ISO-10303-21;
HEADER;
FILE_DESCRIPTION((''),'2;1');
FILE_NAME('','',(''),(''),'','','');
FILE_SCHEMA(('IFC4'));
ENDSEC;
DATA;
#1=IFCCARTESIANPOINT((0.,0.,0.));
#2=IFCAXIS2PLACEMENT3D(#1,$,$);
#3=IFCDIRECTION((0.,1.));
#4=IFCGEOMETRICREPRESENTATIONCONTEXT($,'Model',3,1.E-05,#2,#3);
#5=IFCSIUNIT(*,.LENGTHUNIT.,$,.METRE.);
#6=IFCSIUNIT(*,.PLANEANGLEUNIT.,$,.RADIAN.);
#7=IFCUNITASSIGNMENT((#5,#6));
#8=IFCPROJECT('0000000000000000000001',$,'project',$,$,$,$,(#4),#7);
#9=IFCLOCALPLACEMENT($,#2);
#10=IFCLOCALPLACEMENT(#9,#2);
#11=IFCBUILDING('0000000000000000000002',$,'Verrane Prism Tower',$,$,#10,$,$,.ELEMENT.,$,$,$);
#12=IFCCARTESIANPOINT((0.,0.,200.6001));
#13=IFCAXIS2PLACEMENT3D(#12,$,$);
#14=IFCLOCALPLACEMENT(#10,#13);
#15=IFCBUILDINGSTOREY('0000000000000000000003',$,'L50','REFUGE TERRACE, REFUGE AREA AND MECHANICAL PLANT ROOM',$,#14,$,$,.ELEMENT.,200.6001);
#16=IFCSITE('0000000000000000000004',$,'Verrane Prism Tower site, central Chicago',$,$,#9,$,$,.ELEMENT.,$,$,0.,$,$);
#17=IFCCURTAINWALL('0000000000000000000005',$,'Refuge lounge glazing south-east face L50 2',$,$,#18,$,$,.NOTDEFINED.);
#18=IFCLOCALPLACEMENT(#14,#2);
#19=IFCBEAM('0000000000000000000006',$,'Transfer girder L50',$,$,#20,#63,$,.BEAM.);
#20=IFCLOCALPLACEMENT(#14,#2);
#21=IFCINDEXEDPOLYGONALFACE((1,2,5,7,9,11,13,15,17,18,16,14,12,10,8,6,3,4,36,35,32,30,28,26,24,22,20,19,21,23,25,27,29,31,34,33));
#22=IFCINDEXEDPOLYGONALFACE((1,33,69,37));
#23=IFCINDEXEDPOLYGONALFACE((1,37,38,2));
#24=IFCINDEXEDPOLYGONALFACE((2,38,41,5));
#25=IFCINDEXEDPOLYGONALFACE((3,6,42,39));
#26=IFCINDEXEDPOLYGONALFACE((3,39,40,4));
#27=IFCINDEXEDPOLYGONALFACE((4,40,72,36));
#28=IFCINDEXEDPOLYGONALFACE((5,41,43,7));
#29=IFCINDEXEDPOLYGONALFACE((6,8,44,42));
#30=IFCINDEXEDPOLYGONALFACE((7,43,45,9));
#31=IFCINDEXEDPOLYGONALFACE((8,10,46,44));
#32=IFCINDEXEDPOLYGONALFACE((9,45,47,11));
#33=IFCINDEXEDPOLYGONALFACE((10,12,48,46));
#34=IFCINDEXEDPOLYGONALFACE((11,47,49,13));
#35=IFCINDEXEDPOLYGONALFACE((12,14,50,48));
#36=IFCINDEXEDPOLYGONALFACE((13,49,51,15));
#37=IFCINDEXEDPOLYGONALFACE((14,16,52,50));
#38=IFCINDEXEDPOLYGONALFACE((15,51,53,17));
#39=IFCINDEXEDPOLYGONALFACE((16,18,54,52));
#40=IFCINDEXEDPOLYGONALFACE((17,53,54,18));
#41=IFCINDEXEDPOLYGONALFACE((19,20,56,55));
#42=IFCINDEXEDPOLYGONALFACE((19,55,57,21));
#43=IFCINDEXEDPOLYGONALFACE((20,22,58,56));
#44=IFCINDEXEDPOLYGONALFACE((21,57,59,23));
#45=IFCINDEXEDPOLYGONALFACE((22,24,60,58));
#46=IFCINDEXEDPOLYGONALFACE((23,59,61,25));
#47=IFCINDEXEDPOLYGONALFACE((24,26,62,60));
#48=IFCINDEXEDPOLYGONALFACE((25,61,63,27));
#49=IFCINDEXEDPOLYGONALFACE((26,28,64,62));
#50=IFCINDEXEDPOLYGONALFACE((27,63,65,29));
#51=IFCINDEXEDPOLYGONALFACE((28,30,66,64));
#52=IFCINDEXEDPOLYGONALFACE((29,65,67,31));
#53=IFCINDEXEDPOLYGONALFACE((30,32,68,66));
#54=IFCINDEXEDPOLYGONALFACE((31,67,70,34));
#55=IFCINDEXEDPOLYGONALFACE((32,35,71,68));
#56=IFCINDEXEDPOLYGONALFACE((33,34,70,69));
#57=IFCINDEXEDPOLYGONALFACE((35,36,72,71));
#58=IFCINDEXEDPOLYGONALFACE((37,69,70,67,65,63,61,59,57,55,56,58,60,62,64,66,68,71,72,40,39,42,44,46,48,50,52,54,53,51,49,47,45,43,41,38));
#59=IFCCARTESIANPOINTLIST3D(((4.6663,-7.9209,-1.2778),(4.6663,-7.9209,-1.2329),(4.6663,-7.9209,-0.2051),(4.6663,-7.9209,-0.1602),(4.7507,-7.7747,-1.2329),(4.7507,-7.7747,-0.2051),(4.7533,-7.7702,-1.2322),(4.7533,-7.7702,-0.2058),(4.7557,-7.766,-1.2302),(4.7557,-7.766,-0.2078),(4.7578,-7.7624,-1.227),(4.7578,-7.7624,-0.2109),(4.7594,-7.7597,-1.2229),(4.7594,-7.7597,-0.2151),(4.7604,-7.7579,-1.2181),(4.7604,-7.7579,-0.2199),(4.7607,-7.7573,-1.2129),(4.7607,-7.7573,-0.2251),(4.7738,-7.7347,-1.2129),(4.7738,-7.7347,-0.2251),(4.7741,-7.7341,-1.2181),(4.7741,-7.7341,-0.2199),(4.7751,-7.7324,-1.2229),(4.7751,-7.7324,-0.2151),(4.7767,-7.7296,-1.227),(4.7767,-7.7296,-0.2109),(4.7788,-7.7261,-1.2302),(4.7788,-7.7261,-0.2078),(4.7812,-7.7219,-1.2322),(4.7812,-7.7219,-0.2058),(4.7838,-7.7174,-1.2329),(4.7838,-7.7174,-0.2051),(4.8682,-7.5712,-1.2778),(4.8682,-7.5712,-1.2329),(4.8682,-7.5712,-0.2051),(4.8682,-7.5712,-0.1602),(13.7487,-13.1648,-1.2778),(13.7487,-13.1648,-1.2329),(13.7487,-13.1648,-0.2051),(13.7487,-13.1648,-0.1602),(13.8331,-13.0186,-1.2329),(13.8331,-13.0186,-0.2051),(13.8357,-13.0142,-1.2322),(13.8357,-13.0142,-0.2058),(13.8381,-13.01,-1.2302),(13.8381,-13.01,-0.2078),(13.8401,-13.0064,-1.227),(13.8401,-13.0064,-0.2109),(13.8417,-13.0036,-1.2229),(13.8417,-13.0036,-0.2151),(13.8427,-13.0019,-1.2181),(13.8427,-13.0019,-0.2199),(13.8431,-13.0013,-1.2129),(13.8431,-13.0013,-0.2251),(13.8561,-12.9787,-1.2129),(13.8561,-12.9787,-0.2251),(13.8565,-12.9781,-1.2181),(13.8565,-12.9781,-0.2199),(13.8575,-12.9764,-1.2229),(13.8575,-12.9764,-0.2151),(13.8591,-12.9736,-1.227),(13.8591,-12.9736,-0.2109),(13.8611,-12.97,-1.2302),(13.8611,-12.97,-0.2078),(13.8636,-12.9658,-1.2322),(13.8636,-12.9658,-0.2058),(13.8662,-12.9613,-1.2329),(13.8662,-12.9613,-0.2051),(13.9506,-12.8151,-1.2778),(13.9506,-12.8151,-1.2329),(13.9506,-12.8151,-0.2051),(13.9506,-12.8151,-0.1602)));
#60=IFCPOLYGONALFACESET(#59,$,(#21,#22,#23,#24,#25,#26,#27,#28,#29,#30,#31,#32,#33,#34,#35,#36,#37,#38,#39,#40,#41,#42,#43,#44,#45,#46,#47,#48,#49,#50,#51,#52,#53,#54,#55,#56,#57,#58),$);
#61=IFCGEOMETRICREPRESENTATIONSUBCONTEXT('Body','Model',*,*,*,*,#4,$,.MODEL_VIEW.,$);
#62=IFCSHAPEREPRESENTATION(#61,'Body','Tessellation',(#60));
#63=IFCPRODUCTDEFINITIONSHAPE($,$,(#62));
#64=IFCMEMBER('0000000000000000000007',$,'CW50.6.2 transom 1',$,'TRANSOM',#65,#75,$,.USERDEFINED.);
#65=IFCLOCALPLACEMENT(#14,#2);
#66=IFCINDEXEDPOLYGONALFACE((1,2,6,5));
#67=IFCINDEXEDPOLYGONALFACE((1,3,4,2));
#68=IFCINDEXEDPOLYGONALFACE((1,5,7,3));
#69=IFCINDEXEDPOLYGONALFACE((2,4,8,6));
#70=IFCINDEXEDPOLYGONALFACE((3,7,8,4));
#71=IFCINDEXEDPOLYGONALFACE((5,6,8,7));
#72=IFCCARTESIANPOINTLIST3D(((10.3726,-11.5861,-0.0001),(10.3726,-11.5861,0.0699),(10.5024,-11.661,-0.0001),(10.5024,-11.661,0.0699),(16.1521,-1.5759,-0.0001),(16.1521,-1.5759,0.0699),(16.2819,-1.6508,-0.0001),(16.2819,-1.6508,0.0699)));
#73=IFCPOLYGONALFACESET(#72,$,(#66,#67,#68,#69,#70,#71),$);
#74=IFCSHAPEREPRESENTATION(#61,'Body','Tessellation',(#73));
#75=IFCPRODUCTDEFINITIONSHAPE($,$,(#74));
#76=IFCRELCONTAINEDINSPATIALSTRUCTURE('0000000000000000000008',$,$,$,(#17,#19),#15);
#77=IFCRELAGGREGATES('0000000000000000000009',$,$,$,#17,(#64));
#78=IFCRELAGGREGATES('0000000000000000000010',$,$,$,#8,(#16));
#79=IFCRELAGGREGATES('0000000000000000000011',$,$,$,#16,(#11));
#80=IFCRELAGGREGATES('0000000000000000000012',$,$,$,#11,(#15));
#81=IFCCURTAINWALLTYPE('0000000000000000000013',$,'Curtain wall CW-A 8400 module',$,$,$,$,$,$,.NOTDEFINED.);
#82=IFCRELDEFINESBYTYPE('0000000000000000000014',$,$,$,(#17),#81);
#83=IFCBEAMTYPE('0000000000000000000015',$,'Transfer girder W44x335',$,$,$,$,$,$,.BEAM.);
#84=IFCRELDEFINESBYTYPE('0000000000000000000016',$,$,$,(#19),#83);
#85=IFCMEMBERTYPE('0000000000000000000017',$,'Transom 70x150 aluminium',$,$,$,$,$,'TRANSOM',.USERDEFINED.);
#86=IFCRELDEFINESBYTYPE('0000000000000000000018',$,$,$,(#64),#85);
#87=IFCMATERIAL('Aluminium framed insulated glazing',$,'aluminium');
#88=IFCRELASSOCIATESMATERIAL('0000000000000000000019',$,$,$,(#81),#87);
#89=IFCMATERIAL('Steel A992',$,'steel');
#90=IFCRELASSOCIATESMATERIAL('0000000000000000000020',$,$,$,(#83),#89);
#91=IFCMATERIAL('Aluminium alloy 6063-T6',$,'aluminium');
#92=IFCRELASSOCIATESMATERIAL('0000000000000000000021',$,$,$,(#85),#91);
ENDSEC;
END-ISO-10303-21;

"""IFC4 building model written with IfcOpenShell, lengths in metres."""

from ifc_helpers import new_model, si_unit, direction, frame, origin, origin_2d, place, context, subcontext, project, spatial, rectangle, i_section, extrude, material, material_profile, profile_set, type_object, element, aggregate, save


model = new_model("IFC4")

# Units and contexts
model_context = context("Model", 3, precision=1e-05, world=origin(), true_north=direction((0.0, 1.0)))
body_context = subcontext(model_context, "Body", "Model", "MODEL_VIEW")
ifc_project = project(units=[si_unit("LENGTHUNIT", "METRE"), si_unit("PLANEANGLEUNIT", "RADIAN")], contexts=[model_context])

# Site, building, storey
site_placement = place(None, origin())
site = spatial("IfcSite", under=ifc_project, at=site_placement, Name="Verrane Prism Tower site, central Chicago", CompositionType="ELEMENT", RefElevation=0.0)
building_placement = place(site_placement, origin())
building = spatial("IfcBuilding", under=site, at=building_placement, Name="Verrane Prism Tower", CompositionType="ELEMENT")
storey_placement = place(building_placement, frame((0.0, 0.0, 200.6001)))
storey = spatial("IfcBuildingStorey", under=building, at=storey_placement, Name="L50", Description="REFUGE TERRACE, REFUGE AREA AND MECHANICAL PLANT ROOM", CompositionType="ELEMENT", Elevation=200.6001)

# Curtain wall
ifc_material_1 = material(Name="Aluminium framed insulated glazing", Category="aluminium")
curtain_wall_type = type_object("IfcCurtainWallType", Name="Curtain wall CW-A 8400 module", PredefinedType="NOTDEFINED", material=ifc_material_1)
curtain_wall_placement = place(storey_placement, origin())
curtain_wall = element("IfcCurtainWall", 1, at=curtain_wall_placement, inside=storey, type_object=curtain_wall_type, Name="Refuge lounge glazing south-east face L50 2", PredefinedType="NOTDEFINED")

# Beam
ifc_material_2 = material(Name="Steel A992", Category="steel")
ifc_material_profile_1 = material_profile(ifc_material_2, i_section(OverallWidth=0.4038, OverallDepth=1.1177, WebThickness=0.0261, FlangeThickness=0.0449, FilletRadius=0.02, at=origin_2d()), Name="W44x335")
ifc_profile_set_1 = profile_set([ifc_material_profile_1], Name="Steel A992")
beam_type_1 = type_object("IfcBeamType", Name="Transfer girder W44x335", PredefinedType="BEAM", material=ifc_profile_set_1)
beam_1_placement = place(storey_placement, frame((13.8496, -12.99, -0.719), z_axis=(-0.866015, 0.500017, 0.0), x_axis=(-0.500017, -0.866015, 0.0)))
element("IfcBeam", 2, at=beam_1_placement, inside=storey, type_object=beam_type_1, Name="Transfer girder L50", PredefinedType="BEAM", context=body_context, shape_type="SweptSolid", body=[
    extrude(i_section(OverallWidth=0.4038, OverallDepth=1.1177, WebThickness=0.0261, FlangeThickness=0.0449, FilletRadius=0.02, at=origin_2d()), origin(), (0.0, 0.0, 1.0), 10.4875),
])

# Member
ifc_material_3 = material(Name="Aluminium alloy 6063-T6", Category="aluminium")
ifc_material_profile_2 = material_profile(ifc_material_3, rectangle(XDim=0.1499, YDim=0.0701, at=origin_2d()), Name="Transom 70x150 aluminium")
ifc_profile_set_2 = profile_set([ifc_material_profile_2], Name="Aluminium alloy 6063-T6")
member_type_1 = type_object("IfcMemberType", Name="Transom 70x150 aluminium", ElementType="TRANSOM", PredefinedType="USERDEFINED", material=ifc_profile_set_2)
member_1_placement = place(storey_placement, frame((10.4375, -11.6235, 0.0349), z_axis=(0.500008, 0.866021, 0.0), x_axis=(-0.866021, 0.500008, 0.0)))
member_1 = element("IfcMember", 3, at=member_1_placement, type_object=member_type_1, Name="CW50.6.2 transom 1", ObjectType="TRANSOM", PredefinedType="USERDEFINED", context=body_context, shape_type="SweptSolid", body=[
    extrude(rectangle(XDim=0.1499, YDim=0.0701, at=origin_2d()), origin(), (0.0, 0.0, 1.0), 11.5588),
])
aggregate(curtain_wall, [member_1])

save(model, "model.ifc")
